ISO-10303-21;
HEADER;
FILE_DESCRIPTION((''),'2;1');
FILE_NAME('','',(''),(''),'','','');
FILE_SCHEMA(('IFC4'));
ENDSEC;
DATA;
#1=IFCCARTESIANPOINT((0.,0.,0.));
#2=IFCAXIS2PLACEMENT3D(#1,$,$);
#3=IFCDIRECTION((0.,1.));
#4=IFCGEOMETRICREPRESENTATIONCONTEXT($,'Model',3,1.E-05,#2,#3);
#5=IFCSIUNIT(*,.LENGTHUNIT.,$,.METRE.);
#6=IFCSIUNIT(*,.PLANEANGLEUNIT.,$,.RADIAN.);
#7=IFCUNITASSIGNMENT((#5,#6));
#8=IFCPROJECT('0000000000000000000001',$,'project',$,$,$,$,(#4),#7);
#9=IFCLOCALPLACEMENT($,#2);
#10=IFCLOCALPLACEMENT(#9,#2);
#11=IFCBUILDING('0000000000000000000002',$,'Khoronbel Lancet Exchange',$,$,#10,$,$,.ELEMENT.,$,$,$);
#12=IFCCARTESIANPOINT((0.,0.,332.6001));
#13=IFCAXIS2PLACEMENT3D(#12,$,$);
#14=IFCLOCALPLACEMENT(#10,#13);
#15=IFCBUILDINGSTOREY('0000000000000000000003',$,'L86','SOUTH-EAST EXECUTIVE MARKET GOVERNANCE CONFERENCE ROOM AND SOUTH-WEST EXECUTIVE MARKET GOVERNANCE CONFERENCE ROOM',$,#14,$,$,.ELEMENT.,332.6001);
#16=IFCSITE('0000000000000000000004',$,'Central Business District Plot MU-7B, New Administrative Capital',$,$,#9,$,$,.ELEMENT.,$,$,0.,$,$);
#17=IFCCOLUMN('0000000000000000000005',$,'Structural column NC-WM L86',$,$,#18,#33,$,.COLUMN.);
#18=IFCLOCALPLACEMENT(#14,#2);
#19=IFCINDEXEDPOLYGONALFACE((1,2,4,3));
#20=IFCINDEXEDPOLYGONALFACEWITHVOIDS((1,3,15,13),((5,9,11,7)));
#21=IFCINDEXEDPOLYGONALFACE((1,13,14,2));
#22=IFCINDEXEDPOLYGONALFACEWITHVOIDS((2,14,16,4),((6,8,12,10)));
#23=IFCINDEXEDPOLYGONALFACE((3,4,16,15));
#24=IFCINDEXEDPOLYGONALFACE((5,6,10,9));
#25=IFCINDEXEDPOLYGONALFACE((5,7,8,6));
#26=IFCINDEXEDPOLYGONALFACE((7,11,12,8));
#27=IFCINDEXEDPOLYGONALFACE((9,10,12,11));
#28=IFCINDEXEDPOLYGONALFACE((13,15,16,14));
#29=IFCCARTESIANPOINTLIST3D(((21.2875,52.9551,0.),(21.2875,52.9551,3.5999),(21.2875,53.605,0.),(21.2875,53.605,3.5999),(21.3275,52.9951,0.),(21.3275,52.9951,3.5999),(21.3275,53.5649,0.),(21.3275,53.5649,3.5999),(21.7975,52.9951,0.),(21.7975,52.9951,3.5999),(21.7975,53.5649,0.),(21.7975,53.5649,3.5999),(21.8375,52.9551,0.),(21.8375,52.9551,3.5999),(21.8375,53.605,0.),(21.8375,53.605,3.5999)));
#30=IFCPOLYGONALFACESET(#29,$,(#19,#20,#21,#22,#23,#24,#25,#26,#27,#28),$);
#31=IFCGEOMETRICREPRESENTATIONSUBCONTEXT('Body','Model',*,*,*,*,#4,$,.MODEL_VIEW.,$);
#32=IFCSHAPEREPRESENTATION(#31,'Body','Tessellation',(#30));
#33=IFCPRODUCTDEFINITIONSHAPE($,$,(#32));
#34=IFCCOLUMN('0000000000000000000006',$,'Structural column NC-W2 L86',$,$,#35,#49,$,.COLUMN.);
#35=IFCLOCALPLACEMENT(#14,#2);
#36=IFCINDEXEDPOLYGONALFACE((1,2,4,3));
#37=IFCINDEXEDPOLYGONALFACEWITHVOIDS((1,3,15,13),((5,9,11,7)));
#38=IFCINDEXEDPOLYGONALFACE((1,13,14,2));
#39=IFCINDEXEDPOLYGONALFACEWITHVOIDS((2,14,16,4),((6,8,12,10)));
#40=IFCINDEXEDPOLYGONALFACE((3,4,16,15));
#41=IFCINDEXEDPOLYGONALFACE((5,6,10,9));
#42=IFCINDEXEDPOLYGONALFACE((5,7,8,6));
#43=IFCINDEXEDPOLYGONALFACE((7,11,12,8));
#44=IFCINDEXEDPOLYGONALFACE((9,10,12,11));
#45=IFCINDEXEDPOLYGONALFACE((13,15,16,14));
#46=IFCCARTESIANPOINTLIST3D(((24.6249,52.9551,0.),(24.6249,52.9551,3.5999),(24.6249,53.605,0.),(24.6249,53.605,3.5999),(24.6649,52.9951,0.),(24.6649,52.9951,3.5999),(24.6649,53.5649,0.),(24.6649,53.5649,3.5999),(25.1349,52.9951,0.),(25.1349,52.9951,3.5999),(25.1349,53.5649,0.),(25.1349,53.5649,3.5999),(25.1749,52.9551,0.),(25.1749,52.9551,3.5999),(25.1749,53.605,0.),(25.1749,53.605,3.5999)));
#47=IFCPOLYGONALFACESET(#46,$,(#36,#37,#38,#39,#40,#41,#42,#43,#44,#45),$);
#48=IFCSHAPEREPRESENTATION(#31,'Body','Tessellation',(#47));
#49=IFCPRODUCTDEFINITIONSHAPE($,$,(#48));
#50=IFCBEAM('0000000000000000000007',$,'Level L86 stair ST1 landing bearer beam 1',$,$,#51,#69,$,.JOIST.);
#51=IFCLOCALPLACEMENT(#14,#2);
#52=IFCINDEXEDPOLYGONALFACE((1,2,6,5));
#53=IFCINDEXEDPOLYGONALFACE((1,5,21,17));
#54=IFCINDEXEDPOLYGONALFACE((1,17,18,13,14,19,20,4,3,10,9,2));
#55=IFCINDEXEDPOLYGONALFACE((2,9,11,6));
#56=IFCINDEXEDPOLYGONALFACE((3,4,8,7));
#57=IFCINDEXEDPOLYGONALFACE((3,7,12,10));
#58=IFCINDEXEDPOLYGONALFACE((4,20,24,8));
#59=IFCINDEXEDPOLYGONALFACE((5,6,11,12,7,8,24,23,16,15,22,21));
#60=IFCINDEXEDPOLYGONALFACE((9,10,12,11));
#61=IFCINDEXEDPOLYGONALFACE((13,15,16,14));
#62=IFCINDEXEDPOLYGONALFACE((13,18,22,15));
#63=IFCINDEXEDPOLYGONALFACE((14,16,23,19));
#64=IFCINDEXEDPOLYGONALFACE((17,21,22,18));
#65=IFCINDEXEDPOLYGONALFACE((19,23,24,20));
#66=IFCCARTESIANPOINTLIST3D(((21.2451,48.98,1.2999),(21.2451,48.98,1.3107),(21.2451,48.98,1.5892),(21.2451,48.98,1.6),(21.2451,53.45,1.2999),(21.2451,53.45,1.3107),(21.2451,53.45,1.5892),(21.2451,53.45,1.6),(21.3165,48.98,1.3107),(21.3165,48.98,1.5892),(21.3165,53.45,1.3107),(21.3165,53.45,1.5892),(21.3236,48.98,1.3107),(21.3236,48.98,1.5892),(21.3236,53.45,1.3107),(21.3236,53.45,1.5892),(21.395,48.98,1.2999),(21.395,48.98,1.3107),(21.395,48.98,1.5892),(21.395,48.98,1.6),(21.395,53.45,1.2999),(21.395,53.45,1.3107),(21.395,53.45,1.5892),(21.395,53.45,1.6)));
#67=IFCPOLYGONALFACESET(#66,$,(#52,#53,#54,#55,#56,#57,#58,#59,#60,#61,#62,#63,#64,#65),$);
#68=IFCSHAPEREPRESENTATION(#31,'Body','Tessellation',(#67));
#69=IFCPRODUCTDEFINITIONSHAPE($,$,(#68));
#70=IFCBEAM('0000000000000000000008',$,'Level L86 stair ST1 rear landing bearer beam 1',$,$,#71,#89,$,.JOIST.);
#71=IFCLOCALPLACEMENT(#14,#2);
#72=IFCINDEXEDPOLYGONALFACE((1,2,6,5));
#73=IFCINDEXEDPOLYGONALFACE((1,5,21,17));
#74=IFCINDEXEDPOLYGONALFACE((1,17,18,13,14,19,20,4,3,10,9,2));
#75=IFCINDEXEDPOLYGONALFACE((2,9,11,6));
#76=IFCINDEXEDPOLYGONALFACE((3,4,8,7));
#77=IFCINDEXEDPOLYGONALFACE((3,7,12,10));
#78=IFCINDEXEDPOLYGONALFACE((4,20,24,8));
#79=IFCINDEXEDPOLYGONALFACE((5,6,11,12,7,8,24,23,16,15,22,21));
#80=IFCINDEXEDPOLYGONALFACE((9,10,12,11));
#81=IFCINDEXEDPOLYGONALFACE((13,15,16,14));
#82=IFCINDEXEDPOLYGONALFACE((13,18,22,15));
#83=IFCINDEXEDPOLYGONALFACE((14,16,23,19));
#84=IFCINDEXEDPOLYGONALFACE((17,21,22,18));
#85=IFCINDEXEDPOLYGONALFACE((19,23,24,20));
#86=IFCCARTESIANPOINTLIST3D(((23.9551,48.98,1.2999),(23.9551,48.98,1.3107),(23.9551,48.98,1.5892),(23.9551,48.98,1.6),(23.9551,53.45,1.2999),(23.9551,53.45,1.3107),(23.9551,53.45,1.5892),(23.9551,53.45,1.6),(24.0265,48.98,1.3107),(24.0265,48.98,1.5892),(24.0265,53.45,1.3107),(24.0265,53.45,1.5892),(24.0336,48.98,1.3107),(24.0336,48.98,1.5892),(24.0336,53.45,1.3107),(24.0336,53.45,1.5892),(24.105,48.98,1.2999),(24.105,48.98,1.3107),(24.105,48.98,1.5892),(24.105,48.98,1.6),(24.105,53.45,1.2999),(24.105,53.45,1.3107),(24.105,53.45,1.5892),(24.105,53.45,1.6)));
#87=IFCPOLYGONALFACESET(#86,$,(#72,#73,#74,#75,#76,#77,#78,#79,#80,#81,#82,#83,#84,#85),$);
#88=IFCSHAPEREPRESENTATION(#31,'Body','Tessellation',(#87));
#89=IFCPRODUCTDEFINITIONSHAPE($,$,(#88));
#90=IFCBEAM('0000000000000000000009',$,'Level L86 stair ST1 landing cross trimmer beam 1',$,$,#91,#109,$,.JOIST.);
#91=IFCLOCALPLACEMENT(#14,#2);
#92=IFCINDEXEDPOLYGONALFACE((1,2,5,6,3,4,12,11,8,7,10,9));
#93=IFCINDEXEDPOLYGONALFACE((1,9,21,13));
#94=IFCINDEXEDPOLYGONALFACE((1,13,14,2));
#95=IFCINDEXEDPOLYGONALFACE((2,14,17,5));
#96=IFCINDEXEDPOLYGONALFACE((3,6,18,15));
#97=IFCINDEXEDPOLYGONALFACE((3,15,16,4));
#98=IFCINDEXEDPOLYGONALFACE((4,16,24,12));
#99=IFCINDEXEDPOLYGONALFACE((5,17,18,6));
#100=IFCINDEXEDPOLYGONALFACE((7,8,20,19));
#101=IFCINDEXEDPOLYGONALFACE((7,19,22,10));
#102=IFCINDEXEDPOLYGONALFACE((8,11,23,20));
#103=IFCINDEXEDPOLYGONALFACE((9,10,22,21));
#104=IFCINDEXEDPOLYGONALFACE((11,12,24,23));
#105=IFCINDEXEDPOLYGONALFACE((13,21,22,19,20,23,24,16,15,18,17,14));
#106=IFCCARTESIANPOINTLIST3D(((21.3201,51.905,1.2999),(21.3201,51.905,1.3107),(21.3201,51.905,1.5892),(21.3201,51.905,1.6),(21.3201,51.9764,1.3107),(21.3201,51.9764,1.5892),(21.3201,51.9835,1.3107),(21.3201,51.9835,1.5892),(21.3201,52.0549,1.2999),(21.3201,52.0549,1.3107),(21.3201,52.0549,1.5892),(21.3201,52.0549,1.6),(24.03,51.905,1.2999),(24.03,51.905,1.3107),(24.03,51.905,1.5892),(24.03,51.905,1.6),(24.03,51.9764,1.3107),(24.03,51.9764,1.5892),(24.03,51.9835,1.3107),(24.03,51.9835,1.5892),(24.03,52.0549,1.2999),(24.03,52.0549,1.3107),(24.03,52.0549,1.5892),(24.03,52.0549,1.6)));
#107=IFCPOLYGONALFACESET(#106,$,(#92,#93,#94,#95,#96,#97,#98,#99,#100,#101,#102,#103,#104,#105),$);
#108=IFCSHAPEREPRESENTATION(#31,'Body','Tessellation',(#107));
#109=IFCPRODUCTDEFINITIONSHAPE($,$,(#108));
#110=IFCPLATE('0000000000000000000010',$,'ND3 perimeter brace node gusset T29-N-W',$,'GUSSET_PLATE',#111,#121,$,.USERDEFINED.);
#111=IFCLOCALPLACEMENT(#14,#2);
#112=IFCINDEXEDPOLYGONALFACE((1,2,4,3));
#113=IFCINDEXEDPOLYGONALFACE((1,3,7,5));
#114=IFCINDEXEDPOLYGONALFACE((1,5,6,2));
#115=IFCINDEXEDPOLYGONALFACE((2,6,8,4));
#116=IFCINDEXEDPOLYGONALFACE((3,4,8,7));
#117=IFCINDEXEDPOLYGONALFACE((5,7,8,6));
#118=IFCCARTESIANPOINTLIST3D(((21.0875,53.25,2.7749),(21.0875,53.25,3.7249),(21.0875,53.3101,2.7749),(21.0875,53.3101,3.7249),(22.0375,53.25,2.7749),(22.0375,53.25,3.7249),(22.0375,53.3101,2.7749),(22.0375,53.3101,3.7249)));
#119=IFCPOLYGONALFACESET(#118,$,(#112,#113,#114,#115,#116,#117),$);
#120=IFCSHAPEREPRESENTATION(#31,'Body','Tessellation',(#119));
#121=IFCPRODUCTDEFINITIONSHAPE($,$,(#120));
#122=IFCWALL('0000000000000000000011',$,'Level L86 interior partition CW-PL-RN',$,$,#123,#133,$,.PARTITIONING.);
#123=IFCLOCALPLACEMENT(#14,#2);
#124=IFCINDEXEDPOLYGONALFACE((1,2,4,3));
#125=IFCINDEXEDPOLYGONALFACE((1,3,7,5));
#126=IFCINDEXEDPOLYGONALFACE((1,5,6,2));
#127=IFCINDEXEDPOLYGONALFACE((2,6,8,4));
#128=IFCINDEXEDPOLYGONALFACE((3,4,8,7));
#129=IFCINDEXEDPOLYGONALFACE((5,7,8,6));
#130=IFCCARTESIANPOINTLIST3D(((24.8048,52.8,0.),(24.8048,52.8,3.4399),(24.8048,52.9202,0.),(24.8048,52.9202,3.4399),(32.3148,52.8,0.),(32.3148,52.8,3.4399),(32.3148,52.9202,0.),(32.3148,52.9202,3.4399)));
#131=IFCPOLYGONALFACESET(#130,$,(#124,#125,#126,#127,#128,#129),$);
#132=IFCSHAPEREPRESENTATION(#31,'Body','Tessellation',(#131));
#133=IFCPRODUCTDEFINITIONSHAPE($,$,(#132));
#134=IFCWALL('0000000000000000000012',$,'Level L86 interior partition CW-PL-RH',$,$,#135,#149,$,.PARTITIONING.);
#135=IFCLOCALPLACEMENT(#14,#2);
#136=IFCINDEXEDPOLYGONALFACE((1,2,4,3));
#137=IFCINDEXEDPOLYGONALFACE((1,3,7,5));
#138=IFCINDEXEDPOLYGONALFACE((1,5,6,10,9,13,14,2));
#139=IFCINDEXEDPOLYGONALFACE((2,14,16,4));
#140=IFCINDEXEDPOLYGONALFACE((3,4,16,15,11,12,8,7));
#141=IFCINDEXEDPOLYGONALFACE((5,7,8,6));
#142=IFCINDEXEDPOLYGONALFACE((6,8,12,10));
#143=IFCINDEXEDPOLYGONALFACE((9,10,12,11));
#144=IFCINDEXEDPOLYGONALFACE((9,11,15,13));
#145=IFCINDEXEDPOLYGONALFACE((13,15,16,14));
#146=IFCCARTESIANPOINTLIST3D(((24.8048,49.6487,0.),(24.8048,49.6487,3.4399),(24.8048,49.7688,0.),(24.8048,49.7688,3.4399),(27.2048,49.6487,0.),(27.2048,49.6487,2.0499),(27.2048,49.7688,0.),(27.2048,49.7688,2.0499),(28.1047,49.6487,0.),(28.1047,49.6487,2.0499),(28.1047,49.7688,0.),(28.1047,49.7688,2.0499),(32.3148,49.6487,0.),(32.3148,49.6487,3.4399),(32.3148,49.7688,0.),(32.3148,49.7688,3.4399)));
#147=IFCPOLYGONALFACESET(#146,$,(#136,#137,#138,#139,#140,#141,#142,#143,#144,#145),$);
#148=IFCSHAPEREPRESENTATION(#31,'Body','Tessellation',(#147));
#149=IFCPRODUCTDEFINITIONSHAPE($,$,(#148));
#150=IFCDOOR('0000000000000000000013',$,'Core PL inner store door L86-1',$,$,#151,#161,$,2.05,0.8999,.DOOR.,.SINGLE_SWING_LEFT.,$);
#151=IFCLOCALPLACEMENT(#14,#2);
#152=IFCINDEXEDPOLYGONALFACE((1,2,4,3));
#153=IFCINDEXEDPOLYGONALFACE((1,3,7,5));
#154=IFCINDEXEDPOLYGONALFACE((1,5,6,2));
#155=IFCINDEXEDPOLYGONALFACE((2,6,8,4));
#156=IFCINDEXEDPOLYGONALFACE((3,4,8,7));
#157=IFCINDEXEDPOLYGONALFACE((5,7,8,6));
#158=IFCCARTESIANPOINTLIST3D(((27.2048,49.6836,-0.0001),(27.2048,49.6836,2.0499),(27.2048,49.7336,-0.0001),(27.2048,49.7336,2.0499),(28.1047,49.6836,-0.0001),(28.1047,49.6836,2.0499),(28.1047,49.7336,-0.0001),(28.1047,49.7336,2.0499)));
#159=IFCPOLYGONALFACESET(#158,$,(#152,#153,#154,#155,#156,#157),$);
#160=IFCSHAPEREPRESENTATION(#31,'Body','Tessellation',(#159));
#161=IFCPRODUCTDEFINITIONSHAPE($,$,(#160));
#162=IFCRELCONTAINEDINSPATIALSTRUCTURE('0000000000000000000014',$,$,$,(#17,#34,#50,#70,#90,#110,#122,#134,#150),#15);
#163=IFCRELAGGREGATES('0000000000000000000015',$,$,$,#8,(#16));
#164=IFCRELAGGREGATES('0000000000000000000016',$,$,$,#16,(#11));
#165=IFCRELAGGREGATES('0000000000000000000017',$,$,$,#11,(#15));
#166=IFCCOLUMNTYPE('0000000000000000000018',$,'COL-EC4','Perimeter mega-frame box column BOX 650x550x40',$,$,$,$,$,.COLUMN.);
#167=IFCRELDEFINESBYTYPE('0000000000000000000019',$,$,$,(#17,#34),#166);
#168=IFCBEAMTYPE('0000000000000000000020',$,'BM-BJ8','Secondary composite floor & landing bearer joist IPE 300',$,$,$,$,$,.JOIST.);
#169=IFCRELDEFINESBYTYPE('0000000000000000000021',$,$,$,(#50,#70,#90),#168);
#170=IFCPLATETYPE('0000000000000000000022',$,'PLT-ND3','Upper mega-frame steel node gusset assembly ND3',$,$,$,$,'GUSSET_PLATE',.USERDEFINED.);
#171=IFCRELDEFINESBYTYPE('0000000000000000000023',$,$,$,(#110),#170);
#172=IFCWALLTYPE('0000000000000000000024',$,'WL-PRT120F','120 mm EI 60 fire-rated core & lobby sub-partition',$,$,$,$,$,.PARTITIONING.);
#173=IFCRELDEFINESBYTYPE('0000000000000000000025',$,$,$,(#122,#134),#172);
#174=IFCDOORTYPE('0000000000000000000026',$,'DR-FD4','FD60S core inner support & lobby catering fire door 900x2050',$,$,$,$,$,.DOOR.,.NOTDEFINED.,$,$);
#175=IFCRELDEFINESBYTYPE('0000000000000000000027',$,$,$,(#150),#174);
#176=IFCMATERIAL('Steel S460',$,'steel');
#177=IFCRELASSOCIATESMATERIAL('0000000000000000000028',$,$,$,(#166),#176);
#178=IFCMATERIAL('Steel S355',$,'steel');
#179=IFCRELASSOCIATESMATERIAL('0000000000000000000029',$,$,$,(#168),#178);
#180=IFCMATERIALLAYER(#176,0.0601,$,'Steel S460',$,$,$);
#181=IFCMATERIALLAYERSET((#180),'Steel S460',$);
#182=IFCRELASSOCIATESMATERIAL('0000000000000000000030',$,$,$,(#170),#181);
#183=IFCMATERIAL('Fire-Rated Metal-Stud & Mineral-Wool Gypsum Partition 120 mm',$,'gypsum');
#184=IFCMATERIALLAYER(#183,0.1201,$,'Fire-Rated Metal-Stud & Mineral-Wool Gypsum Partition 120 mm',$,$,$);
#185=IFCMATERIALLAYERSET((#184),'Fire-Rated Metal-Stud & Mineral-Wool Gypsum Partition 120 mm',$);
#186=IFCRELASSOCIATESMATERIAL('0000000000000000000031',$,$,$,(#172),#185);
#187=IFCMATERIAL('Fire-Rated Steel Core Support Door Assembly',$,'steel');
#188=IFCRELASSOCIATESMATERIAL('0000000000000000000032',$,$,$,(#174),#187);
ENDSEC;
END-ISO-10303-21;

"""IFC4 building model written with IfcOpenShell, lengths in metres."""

from ifc_helpers import new_model, si_unit, direction, frame, frame_2d, origin, origin_2d, place, context, subcontext, project, spatial, rectangle, hollow_rectangle, i_section, extrude, material, layer, layer_set, material_profile, profile_set, type_object, element, fill, save


model = new_model("IFC4")

# Units and contexts
model_context = context("Model", 3, precision=1e-05, world=origin(), true_north=direction((0.0, 1.0)))
body_context = subcontext(model_context, "Body", "Model", "MODEL_VIEW")
ifc_project = project(units=[si_unit("LENGTHUNIT", "METRE"), si_unit("PLANEANGLEUNIT", "RADIAN")], contexts=[model_context])

# Site, building, storey
site_placement = place(None, origin())
site = spatial("IfcSite", under=ifc_project, at=site_placement, Name="Central Business District Plot MU-7B, New Administrative Capital", CompositionType="ELEMENT", RefElevation=0.0)
building_placement = place(site_placement, origin())
building = spatial("IfcBuilding", under=site, at=building_placement, Name="Khoronbel Lancet Exchange", CompositionType="ELEMENT")
storey_placement = place(building_placement, frame((0.0, 0.0, 332.6001)))
storey = spatial("IfcBuildingStorey", under=building, at=storey_placement, Name="L86", Description="SOUTH-EAST EXECUTIVE MARKET GOVERNANCE CONFERENCE ROOM AND SOUTH-WEST EXECUTIVE MARKET GOVERNANCE CONFERENCE ROOM", CompositionType="ELEMENT", Elevation=332.6001)

# Columns
ifc_material_1 = material(Name="Steel S460", Category="steel")
ifc_material_profile_1 = material_profile(ifc_material_1, hollow_rectangle(XDim=0.55, YDim=0.6499, WallThickness=0.04, at=origin_2d()), Name="BOX 650x550x40")
ifc_profile_set_1 = profile_set([ifc_material_profile_1], Name="Steel S460")
column_type = type_object("IfcColumnType", Name="COL-EC4", Description="Perimeter mega-frame box column BOX 650x550x40", PredefinedType="COLUMN", material=ifc_profile_set_1)
for number, where, z_axis, x_axis, name in (
    (1, (21.5625, 53.28, 0.0), (0.0, 0.0, 1.0), (1.0, 0.0, 0.0), "Structural column NC-WM L86"),
    (2, (24.8999, 53.28, 0.0), (0.0, 0.0, 1.0), (1.0, 0.0, 0.0), "Structural column NC-W2 L86"),
):
    element("IfcColumn", number, at=place(storey_placement, frame(where, z_axis=z_axis, x_axis=x_axis)), inside=storey, type_object=column_type, Name=name, PredefinedType="COLUMN", context=body_context, shape_type="SweptSolid", body=[
        extrude(hollow_rectangle(XDim=0.55, YDim=0.6499, WallThickness=0.04, at=origin_2d()), origin(), (0.0, 0.0, 1.0), 3.5999),
    ])

# Beams
ifc_material_2 = material(Name="Steel S355", Category="steel")
ifc_material_profile_2 = material_profile(ifc_material_2, i_section(OverallWidth=0.1499, OverallDepth=0.3, WebThickness=0.0071, FlangeThickness=0.0107, at=origin_2d()), Name="IPE 300")
ifc_profile_set_2 = profile_set([ifc_material_profile_2], Name="Steel S355")
beam_type = type_object("IfcBeamType", Name="BM-BJ8", Description="Secondary composite floor & landing bearer joist IPE 300", PredefinedType="JOIST", material=ifc_profile_set_2)
for number, where, z_axis, x_axis, name in (
    (3, (21.3201, 48.98, 1.45), (0.0, 1.0, 0.0), (-1.0, 0.0, 0.0), "Level L86 stair ST1 landing bearer beam 1"),
    (4, (24.03, 48.98, 1.45), (0.0, 1.0, 0.0), (-1.0, 0.0, 0.0), "Level L86 stair ST1 rear landing bearer beam 1"),
):
    element("IfcBeam", number, at=place(storey_placement, frame(where, z_axis=z_axis, x_axis=x_axis)), inside=storey, type_object=beam_type, Name=name, PredefinedType="JOIST", context=body_context, shape_type="SweptSolid", body=[
        extrude(i_section(OverallWidth=0.1499, OverallDepth=0.3, WebThickness=0.0071, FlangeThickness=0.0107, at=origin_2d()), origin(), (0.0, 0.0, 1.0), 4.47),
    ])
beam_placement = place(storey_placement, frame((21.3201, 51.98, 1.45), z_axis=(1.0, 0.0, 0.0), x_axis=(0.0, 1.0, 0.0)))
element("IfcBeam", 5, at=beam_placement, inside=storey, type_object=beam_type, Name="Level L86 stair ST1 landing cross trimmer beam 1", PredefinedType="JOIST", context=body_context, shape_type="SweptSolid", body=[
    extrude(i_section(OverallWidth=0.1499, OverallDepth=0.3, WebThickness=0.0071, FlangeThickness=0.0107, at=origin_2d()), origin(), (0.0, 0.0, 1.0), 2.71),
])

# Plate
ifc_layer_1 = layer(ifc_material_1, 0.0601, Name="Steel S460")
ifc_layer_set_1 = layer_set([ifc_layer_1], Name="Steel S460")
plate_type = type_object("IfcPlateType", Name="PLT-ND3", Description="Upper mega-frame steel node gusset assembly ND3", ElementType="GUSSET_PLATE", PredefinedType="USERDEFINED", material=ifc_layer_set_1)
plate_placement = place(storey_placement, frame((21.5625, 53.28, 2.7749), z_axis=(0.0, 0.0, 1.0), x_axis=(1.0, 0.0, 0.0)))
element("IfcPlate", 6, at=plate_placement, inside=storey, type_object=plate_type, Name="ND3 perimeter brace node gusset T29-N-W", ObjectType="GUSSET_PLATE", PredefinedType="USERDEFINED", context=body_context, shape_type="SweptSolid", body=[
    extrude(rectangle(XDim=0.95, YDim=0.0601, at=origin_2d()), origin(), (0.0, 0.0, 1.0), 0.95),
])

# Wall
ifc_material_3 = material(Name="Fire-Rated Metal-Stud & Mineral-Wool Gypsum Partition 120 mm", Category="gypsum")
ifc_layer_2 = layer(ifc_material_3, 0.1201, Name="Fire-Rated Metal-Stud & Mineral-Wool Gypsum Partition 120 mm")
ifc_layer_set_2 = layer_set([ifc_layer_2], Name="Fire-Rated Metal-Stud & Mineral-Wool Gypsum Partition 120 mm")
wall_type_1 = type_object("IfcWallType", Name="WL-PRT120F", Description="120 mm EI 60 fire-rated core & lobby sub-partition", PredefinedType="PARTITIONING", material=ifc_layer_set_2)
wall_1_placement = place(storey_placement, frame((24.8049, 52.8601, 0.0), z_axis=(0.0, 0.0, 1.0), x_axis=(1.0, 0.0, 0.0)))
element("IfcWall", 7, at=wall_1_placement, inside=storey, type_object=wall_type_1, Name="Level L86 interior partition CW-PL-RN", PredefinedType="PARTITIONING", context=body_context, shape_type="SweptSolid", body=[
    extrude(rectangle(XDim=7.51, YDim=0.1201, at=frame_2d((3.7549, 0.0))), origin(), (0.0, 0.0, 1.0), 3.4399),
])

# Wall, opening, door
wall_2_placement = place(storey_placement, frame((24.8049, 49.7087, 0.0), z_axis=(0.0, 0.0, 1.0), x_axis=(1.0, 0.0, 0.0)))
wall_2 = element("IfcWall", 8, at=wall_2_placement, inside=storey, type_object=wall_type_1, Name="Level L86 interior partition CW-PL-RH", PredefinedType="PARTITIONING", context=body_context, shape_type="SweptSolid", body=[
    extrude(rectangle(XDim=7.51, YDim=0.1201, at=frame_2d((3.7549, 0.0))), origin(), (0.0, 0.0, 1.0), 3.4399),
])
opening_1_placement = place(wall_2_placement, frame((2.3999, 0.0, 0.0)))
opening_1 = element("IfcOpeningElement", 9, at=opening_1_placement, cuts=wall_2, PredefinedType="OPENING", context=body_context, shape_type="SweptSolid", body=[
    extrude(rectangle(XDim=0.8999, YDim=2.05, at=frame_2d((0.45, 1.0249))), frame((0.0, 0.0701, 0.0), z_axis=(0.0, -1.0, 0.0), x_axis=(1.0, 0.0, 0.0)), (0.0, 0.0, 1.0), 0.1401),
])
ifc_material_4 = material(Name="Fire-Rated Steel Core Support Door Assembly", Category="steel")
door_type_1 = type_object("IfcDoorType", Name="DR-FD4", Description="FD60S core inner support & lobby catering fire door 900x2050", OperationType="NOTDEFINED", PredefinedType="DOOR", material=ifc_material_4)
door_1_placement = place(opening_1_placement, origin())
door_1 = element("IfcDoor", 10, at=door_1_placement, inside=storey, type_object=door_type_1, Name="Core PL inner store door L86-1", OperationType="SINGLE_SWING_LEFT", OverallHeight=2.05, OverallWidth=0.8999, PredefinedType="DOOR", context=body_context, shape_type="SweptSolid", body=[
    extrude(rectangle(XDim=0.8999, YDim=2.05, at=frame_2d((0.45, 1.0249))), frame((0.0, 0.0249, 0.0), z_axis=(0.0, -1.0, 0.0), x_axis=(1.0, 0.0, 0.0)), (0.0, 0.0, 1.0), 0.05),
])
fill(opening_1, door_1)

save(model, "model.ifc")
